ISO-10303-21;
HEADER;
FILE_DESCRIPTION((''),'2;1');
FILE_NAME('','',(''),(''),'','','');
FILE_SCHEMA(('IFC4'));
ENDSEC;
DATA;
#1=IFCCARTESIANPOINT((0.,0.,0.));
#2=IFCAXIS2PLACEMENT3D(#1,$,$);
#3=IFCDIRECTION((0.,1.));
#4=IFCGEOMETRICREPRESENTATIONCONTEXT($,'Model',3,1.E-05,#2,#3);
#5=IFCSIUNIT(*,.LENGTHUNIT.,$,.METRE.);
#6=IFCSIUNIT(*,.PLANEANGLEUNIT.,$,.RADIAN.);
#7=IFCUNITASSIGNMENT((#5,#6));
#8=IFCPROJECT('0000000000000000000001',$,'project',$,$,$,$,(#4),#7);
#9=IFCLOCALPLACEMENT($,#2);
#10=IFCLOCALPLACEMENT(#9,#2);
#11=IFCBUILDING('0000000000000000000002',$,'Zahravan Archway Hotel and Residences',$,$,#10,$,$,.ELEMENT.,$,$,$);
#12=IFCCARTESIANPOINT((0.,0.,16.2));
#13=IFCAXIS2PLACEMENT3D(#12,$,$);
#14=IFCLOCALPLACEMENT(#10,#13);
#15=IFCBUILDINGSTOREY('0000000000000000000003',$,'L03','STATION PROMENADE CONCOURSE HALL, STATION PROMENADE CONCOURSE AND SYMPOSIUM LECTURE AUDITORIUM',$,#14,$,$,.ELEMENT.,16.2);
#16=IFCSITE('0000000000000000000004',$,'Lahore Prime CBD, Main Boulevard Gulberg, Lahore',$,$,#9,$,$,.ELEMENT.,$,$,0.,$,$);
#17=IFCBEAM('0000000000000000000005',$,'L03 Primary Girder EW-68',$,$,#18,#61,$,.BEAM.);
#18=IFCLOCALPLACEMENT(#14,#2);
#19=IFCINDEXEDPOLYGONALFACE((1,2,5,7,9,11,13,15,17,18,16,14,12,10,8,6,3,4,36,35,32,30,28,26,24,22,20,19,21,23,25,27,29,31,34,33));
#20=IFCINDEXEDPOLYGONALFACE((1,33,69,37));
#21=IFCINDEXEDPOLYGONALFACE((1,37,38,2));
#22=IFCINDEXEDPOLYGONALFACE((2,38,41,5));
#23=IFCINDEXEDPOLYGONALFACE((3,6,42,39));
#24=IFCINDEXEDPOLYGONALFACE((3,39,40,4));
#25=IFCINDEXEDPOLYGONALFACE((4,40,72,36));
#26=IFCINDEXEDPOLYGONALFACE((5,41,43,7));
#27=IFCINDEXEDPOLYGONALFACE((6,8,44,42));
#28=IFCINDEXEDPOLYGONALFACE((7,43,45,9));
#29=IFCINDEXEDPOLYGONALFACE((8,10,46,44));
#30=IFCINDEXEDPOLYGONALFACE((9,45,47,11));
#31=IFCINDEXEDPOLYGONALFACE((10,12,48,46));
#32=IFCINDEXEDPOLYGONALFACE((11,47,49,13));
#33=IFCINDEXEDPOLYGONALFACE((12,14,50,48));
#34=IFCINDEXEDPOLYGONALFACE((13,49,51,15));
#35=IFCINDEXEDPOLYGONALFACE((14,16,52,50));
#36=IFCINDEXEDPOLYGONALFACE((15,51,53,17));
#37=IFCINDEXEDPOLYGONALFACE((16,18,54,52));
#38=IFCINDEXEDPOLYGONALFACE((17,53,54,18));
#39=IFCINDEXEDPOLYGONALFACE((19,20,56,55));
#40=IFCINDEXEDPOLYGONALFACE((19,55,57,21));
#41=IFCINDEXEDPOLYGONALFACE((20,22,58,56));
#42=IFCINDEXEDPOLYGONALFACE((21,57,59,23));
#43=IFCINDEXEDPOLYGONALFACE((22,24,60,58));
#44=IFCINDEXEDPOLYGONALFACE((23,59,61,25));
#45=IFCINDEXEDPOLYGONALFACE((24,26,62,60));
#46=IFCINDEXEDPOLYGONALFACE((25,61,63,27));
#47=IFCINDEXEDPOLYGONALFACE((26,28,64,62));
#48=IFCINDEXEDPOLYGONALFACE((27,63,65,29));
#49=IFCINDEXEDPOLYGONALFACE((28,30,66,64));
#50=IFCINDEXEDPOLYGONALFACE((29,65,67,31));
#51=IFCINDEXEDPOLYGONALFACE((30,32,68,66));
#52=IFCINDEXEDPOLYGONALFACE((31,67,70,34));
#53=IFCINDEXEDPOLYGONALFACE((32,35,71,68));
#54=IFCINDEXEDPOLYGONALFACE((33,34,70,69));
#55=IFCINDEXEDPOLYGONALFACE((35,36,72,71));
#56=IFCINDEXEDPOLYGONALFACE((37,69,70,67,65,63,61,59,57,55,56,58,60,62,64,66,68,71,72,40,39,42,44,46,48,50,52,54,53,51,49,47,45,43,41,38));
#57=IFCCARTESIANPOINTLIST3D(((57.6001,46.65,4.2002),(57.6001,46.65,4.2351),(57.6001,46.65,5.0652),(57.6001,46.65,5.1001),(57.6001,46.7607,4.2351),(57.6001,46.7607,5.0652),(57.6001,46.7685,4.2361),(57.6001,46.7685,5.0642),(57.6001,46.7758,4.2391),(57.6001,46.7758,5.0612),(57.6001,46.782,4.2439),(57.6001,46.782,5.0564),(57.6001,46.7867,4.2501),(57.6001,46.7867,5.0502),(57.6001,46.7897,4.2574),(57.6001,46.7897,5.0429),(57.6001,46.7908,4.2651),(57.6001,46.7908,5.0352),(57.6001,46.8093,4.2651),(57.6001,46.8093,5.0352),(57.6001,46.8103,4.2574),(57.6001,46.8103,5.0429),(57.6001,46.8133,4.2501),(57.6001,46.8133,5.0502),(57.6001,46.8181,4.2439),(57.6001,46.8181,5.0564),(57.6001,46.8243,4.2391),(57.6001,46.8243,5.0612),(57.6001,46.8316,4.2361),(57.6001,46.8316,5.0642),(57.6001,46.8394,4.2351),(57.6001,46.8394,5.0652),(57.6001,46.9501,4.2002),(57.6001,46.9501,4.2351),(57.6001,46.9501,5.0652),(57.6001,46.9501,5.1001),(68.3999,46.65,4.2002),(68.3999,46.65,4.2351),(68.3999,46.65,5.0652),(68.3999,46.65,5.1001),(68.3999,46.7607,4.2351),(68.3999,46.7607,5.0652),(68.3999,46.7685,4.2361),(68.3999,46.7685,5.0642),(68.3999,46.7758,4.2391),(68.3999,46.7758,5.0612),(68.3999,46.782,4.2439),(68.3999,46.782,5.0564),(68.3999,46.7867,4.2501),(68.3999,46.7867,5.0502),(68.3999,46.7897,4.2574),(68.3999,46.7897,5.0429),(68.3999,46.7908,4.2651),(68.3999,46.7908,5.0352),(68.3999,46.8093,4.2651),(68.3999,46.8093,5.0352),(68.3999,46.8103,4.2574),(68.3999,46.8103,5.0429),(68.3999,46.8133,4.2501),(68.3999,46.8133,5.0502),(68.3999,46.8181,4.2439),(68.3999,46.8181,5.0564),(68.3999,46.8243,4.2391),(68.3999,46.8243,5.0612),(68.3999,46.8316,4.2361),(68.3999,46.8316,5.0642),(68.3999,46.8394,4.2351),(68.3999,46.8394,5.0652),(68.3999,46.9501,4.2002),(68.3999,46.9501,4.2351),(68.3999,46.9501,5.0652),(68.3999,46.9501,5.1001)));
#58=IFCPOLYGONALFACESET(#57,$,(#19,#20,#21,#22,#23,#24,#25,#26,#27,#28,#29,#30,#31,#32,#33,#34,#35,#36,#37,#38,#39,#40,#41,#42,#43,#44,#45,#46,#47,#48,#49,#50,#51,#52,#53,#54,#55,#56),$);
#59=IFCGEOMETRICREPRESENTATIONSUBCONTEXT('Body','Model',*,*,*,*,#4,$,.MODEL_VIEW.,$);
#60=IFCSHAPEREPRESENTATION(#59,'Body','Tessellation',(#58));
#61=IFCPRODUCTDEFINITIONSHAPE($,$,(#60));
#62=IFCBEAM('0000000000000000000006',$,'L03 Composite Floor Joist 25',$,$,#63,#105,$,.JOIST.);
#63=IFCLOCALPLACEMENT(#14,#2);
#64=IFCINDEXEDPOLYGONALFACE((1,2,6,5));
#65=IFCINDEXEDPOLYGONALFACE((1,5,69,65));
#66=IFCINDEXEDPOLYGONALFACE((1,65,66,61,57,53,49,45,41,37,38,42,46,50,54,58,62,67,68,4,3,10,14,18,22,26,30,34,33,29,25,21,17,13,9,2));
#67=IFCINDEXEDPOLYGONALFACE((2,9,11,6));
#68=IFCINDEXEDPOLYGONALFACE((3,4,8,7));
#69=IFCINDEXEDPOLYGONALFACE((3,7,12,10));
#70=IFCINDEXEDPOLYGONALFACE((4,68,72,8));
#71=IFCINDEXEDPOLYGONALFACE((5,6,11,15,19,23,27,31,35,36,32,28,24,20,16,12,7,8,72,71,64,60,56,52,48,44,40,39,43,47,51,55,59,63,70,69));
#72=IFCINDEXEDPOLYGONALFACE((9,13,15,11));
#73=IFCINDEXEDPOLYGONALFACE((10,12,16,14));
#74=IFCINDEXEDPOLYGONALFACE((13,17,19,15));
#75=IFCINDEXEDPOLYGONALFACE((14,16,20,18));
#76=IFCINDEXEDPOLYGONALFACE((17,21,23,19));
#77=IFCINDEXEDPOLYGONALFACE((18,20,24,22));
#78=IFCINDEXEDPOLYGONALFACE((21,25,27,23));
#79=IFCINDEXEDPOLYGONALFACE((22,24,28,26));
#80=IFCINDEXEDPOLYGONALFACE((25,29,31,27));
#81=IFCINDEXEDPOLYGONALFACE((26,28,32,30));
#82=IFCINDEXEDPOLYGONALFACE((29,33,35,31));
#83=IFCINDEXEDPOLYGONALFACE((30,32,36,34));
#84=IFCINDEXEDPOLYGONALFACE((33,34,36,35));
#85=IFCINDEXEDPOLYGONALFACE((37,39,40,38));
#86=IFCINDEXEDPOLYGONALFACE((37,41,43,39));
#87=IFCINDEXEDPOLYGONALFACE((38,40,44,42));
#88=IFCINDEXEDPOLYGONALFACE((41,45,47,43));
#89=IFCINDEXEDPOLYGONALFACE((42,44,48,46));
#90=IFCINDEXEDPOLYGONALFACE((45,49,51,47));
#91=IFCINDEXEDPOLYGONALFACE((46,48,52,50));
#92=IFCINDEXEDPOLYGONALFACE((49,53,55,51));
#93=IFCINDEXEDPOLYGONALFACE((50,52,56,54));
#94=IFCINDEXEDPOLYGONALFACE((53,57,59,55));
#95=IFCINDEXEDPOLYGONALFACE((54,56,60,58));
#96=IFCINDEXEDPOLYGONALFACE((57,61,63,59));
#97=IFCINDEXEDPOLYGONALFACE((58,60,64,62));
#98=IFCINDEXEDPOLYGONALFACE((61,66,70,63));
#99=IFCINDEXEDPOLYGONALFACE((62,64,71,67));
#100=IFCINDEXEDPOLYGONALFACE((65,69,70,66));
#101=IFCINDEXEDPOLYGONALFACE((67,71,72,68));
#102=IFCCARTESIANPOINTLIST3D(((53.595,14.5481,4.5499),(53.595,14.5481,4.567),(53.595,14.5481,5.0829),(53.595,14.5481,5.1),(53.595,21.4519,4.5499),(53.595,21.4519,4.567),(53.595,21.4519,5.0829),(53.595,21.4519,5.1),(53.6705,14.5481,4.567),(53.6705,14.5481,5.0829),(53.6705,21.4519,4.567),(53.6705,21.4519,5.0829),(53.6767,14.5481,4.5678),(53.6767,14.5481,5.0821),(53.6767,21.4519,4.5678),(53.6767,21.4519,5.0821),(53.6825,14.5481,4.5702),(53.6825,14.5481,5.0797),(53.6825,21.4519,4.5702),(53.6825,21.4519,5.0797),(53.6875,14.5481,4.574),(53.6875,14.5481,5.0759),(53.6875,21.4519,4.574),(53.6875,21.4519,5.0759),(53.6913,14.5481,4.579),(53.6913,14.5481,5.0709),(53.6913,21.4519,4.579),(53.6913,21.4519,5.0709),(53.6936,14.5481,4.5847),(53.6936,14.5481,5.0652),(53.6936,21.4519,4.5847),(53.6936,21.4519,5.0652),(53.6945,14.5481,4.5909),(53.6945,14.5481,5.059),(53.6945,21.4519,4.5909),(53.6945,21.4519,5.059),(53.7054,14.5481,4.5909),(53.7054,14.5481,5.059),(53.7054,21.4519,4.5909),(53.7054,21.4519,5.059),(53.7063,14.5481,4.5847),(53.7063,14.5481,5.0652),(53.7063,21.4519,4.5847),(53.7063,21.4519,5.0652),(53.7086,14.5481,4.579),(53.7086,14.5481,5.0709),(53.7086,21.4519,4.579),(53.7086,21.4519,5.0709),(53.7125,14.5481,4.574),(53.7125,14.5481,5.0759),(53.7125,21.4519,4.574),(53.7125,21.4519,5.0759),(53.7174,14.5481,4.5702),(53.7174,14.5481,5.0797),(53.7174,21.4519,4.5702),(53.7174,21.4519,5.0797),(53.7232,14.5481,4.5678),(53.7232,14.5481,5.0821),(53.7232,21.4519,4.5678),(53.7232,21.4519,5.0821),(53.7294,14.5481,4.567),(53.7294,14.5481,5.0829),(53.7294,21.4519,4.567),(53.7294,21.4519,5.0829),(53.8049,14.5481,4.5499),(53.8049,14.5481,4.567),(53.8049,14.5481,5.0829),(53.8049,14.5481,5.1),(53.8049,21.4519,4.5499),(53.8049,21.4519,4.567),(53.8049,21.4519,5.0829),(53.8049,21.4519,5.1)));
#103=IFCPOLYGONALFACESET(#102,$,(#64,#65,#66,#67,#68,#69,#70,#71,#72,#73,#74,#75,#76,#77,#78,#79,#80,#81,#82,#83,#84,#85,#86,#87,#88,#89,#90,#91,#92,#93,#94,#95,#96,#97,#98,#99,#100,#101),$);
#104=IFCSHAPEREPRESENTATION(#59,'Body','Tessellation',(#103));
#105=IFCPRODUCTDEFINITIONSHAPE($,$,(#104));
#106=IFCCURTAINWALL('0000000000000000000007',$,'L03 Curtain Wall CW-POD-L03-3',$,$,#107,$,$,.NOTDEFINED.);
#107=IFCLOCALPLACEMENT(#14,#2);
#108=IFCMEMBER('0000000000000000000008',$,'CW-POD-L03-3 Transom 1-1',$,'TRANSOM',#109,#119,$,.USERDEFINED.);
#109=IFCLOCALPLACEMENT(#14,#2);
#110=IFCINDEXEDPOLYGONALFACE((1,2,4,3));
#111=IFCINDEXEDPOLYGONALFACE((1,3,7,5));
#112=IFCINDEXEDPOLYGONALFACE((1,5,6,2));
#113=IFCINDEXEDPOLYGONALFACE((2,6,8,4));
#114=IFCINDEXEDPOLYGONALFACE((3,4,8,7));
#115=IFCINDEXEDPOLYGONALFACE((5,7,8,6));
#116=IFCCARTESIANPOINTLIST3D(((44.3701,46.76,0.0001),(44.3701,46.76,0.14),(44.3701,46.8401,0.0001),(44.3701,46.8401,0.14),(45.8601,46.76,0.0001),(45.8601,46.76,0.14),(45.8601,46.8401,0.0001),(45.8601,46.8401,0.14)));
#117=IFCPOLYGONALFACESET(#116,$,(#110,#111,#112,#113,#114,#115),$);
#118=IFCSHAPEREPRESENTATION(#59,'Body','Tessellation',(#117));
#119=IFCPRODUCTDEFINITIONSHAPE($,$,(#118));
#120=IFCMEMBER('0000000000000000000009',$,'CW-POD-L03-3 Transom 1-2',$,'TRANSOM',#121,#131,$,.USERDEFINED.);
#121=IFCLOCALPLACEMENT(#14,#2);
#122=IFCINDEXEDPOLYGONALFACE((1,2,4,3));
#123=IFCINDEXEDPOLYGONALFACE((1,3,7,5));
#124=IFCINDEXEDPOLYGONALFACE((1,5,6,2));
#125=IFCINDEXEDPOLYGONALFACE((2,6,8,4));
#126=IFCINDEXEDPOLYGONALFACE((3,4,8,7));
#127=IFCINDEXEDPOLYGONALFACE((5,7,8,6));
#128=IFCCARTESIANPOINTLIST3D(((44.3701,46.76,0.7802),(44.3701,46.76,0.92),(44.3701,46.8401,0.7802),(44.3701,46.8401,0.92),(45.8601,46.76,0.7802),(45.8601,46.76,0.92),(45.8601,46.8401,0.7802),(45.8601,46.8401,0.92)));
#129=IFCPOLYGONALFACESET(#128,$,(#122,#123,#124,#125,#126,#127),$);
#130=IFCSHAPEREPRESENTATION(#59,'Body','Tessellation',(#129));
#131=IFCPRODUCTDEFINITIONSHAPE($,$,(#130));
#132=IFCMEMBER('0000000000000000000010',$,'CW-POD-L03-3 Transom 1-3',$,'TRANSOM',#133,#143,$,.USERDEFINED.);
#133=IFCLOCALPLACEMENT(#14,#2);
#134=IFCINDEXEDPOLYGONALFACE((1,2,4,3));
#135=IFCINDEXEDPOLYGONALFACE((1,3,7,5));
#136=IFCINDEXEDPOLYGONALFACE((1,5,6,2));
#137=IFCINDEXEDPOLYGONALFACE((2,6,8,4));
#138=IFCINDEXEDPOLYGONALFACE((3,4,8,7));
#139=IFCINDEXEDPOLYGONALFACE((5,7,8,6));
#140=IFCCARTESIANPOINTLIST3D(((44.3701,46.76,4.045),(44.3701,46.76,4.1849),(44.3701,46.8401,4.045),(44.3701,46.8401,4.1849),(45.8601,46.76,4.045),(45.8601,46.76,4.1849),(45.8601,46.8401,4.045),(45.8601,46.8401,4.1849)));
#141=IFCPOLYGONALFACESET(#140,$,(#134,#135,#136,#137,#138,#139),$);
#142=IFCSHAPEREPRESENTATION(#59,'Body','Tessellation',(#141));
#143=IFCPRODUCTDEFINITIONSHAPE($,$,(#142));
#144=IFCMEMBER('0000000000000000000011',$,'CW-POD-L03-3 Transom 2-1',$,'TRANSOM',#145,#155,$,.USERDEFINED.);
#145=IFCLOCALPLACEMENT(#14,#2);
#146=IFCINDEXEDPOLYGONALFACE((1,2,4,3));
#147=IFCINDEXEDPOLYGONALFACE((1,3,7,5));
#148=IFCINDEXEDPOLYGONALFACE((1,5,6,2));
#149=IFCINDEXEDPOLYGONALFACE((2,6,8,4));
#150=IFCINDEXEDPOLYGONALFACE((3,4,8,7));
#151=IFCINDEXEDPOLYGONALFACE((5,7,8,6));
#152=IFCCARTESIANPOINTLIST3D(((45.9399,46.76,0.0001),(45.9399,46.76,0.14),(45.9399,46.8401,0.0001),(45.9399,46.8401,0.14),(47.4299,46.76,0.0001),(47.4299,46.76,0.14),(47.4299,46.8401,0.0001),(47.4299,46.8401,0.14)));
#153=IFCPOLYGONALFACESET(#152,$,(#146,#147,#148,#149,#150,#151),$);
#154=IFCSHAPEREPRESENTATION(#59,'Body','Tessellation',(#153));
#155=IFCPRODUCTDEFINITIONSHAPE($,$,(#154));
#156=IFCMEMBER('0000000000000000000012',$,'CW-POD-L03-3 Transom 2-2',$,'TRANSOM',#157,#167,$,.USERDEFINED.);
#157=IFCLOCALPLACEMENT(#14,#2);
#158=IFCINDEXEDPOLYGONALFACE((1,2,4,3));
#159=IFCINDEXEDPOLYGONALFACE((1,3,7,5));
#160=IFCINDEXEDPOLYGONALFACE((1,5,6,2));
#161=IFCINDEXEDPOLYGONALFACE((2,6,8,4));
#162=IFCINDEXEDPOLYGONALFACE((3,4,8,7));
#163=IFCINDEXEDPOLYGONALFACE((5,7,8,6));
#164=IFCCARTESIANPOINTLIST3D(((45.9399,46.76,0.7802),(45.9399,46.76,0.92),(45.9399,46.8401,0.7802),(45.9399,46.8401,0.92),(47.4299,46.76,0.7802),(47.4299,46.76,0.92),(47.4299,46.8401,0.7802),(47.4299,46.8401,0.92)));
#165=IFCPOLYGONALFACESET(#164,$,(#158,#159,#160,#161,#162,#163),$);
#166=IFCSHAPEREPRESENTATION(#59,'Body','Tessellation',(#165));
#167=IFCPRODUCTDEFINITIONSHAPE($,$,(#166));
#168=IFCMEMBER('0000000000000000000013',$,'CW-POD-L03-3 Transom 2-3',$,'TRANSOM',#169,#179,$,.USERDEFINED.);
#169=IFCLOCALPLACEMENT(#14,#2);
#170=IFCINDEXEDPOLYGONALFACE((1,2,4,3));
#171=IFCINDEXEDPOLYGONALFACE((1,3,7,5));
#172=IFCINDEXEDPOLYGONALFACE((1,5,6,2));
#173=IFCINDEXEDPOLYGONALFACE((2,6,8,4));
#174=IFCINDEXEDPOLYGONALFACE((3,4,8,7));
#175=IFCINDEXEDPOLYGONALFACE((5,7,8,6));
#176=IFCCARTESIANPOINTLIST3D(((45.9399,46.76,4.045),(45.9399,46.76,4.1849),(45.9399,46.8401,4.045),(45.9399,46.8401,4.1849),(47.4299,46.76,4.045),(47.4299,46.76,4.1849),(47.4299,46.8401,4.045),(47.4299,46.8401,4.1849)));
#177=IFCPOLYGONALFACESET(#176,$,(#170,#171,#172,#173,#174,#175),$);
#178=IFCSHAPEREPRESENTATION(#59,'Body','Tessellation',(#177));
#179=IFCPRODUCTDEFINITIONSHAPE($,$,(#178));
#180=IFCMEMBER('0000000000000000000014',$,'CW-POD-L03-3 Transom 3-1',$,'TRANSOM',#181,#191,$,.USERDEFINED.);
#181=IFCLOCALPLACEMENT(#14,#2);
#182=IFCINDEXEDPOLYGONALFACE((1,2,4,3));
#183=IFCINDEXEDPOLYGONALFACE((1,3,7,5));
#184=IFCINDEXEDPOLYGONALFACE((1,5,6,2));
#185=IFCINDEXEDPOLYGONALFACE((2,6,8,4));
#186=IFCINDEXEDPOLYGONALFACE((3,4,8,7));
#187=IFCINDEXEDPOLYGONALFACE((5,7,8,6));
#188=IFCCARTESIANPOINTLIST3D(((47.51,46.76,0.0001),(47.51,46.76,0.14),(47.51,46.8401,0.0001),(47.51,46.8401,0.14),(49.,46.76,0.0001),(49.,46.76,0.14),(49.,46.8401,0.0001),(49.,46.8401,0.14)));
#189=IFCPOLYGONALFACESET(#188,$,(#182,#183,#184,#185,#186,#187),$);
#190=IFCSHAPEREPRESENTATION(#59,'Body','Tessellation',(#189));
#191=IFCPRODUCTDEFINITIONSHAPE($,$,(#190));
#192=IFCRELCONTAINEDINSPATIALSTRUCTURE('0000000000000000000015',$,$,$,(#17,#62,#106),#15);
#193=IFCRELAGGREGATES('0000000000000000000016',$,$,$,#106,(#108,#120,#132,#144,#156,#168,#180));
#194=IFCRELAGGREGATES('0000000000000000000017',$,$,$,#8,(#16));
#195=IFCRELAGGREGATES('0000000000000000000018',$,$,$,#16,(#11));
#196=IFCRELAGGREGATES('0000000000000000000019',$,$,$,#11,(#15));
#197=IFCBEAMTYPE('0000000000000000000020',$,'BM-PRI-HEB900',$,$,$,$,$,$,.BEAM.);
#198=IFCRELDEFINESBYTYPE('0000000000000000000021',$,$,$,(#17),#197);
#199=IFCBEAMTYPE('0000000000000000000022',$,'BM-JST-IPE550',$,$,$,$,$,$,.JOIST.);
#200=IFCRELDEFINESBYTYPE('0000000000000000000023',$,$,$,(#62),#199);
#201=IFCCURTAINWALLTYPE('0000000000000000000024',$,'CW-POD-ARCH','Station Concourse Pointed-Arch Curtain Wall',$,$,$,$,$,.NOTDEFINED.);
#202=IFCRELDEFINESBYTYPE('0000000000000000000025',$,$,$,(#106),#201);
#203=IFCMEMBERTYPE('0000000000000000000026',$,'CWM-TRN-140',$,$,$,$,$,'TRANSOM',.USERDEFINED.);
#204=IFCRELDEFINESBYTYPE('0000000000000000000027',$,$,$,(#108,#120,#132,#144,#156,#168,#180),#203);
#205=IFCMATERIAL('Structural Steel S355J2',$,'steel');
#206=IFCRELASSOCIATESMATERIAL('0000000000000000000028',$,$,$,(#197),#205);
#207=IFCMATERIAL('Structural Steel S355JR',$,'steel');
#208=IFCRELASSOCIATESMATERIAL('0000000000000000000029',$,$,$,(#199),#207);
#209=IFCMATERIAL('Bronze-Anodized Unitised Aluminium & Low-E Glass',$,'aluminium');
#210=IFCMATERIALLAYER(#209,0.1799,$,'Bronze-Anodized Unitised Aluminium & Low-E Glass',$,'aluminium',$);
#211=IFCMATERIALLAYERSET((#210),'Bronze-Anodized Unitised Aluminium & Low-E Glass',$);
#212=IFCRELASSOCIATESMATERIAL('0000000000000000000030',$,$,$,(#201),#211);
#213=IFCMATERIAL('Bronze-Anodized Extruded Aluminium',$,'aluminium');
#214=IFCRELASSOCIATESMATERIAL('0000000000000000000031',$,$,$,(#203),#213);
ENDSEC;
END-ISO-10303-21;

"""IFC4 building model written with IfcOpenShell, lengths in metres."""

from ifc_helpers import new_model, si_unit, direction, frame, origin, origin_2d, place, context, subcontext, project, spatial, rectangle, i_section, extrude, source, transform, mapped, material, layer, layer_set, material_profile, profile_set, type_object, element, aggregate, save


model = new_model("IFC4")

# Units and contexts
model_context = context("Model", 3, precision=1e-05, world=origin(), true_north=direction((0.0, 1.0)))
body_context = subcontext(model_context, "Body", "Model", "MODEL_VIEW")
ifc_project = project(units=[si_unit("LENGTHUNIT", "METRE"), si_unit("PLANEANGLEUNIT", "RADIAN")], contexts=[model_context])

# Site, building, storey
site_placement = place(None, origin())
site = spatial("IfcSite", under=ifc_project, at=site_placement, Name="Lahore Prime CBD, Main Boulevard Gulberg, Lahore", CompositionType="ELEMENT", RefElevation=0.0)
building_placement = place(site_placement, origin())
building = spatial("IfcBuilding", under=site, at=building_placement, Name="Zahravan Archway Hotel and Residences", CompositionType="ELEMENT")
storey_placement = place(building_placement, frame((0.0, 0.0, 16.2)))
storey = spatial("IfcBuildingStorey", under=building, at=storey_placement, Name="L03", Description="STATION PROMENADE CONCOURSE HALL, STATION PROMENADE CONCOURSE AND SYMPOSIUM LECTURE AUDITORIUM", CompositionType="ELEMENT", Elevation=16.2)

# Beams
ifc_material_1 = material(Name="Structural Steel S355J2", Category="steel")
ifc_material_profile_1 = material_profile(ifc_material_1, i_section(OverallWidth=0.3, OverallDepth=0.8999, WebThickness=0.0186, FlangeThickness=0.0349, FilletRadius=0.03, at=origin_2d()), Name="HEB 900", Category="steel")
ifc_profile_set_1 = profile_set([ifc_material_profile_1], Name="Structural Steel S355J2")
beam_type_1 = type_object("IfcBeamType", Name="BM-PRI-HEB900", PredefinedType="BEAM", material=ifc_profile_set_1)
shared_shape_1 = source(origin(), body_context, "Body", "SweptSolid", [
    extrude(i_section(OverallWidth=0.3, OverallDepth=0.8999, WebThickness=0.0186, FlangeThickness=0.0349, FilletRadius=0.03, at=origin_2d()), origin(), (0.0, 0.0, 1.0), 10.7998),
])
for number, where, z_axis, x_axis, name in (
    (1, (57.6001, 46.8, 4.6501), (1.0, 0.0, 0.0), (0.0, 1.0, 0.0), "L03 Primary Girder EW-68"),
):
    element("IfcBeam", number, at=place(storey_placement, frame(where, z_axis=z_axis, x_axis=x_axis)), inside=storey, type_object=beam_type_1, Name=name, PredefinedType="BEAM", context=body_context, shape_type="MappedRepresentation", body=[
        mapped(shared_shape_1, transform((0.0, 0.0, 0.0), scale=1.0)),
    ])
ifc_material_2 = material(Name="Structural Steel S355JR", Category="steel")
ifc_material_profile_2 = material_profile(ifc_material_2, i_section(OverallWidth=0.21, OverallDepth=0.55, WebThickness=0.011, FlangeThickness=0.0171, FilletRadius=0.0239, at=origin_2d()), Name="IPE 550", Category="steel")
ifc_profile_set_2 = profile_set([ifc_material_profile_2], Name="Structural Steel S355JR")
beam_type_2 = type_object("IfcBeamType", Name="BM-JST-IPE550", PredefinedType="JOIST", material=ifc_profile_set_2)
shared_shape_2 = source(origin(), body_context, "Body", "SweptSolid", [
    extrude(i_section(OverallWidth=0.21, OverallDepth=0.55, WebThickness=0.011, FlangeThickness=0.0171, FilletRadius=0.0239, at=origin_2d()), origin(), (0.0, 0.0, 1.0), 6.9038),
])
beam_placement = place(storey_placement, frame((53.7, 14.5481, 4.825), z_axis=(0.0, 1.0, 0.0), x_axis=(-1.0, 0.0, 0.0)))
element("IfcBeam", 2, at=beam_placement, inside=storey, type_object=beam_type_2, Name="L03 Composite Floor Joist 25", PredefinedType="JOIST", context=body_context, shape_type="MappedRepresentation", body=[
    mapped(shared_shape_2, transform((0.0, 0.0, 0.0), scale=1.0)),
])

# Curtain wall, members
ifc_material_3 = material(Name="Bronze-Anodized Unitised Aluminium & Low-E Glass", Category="aluminium")
ifc_layer_1 = layer(ifc_material_3, 0.1799, Name="Bronze-Anodized Unitised Aluminium & Low-E Glass", Category="aluminium")
ifc_layer_set_1 = layer_set([ifc_layer_1], Name="Bronze-Anodized Unitised Aluminium & Low-E Glass")
curtain_wall_type = type_object("IfcCurtainWallType", Name="CW-POD-ARCH", Description="Station Concourse Pointed-Arch Curtain Wall", PredefinedType="NOTDEFINED", material=ifc_layer_set_1)
curtain_wall_placement = place(storey_placement, origin())
curtain_wall = element("IfcCurtainWall", 3, at=curtain_wall_placement, inside=storey, type_object=curtain_wall_type, Name="L03 Curtain Wall CW-POD-L03-3", PredefinedType="NOTDEFINED")
ifc_material_4 = material(Name="Bronze-Anodized Extruded Aluminium", Category="aluminium")
ifc_material_profile_3 = material_profile(ifc_material_4, rectangle(XDim=0.0801, YDim=0.1399, at=origin_2d()), Name="TRN 80x140", Category="aluminium")
ifc_profile_set_3 = profile_set([ifc_material_profile_3], Name="Bronze-Anodized Extruded Aluminium")
member_type_1 = type_object("IfcMemberType", Name="CWM-TRN-140", ElementType="TRANSOM", PredefinedType="USERDEFINED", material=ifc_profile_set_3)
shared_shape_3 = source(origin(), body_context, "Body", "SweptSolid", [
    extrude(rectangle(XDim=0.0801, YDim=0.1399, at=origin_2d()), origin(), (0.0, 0.0, 1.0), 1.49),
])
member_1_placement = place(storey_placement, frame((44.3701, 46.8, 0.0701), z_axis=(1.0, 0.0, 0.0), x_axis=(0.0, 1.0, 0.0)))
member_1 = element("IfcMember", 4, at=member_1_placement, type_object=member_type_1, Name="CW-POD-L03-3 Transom 1-1", ObjectType="TRANSOM", PredefinedType="USERDEFINED", context=body_context, shape_type="MappedRepresentation", body=[
    mapped(shared_shape_3, transform((0.0, 0.0, 0.0), scale=1.0)),
])
member_2_placement = place(storey_placement, frame((44.3701, 46.8, 0.8501), z_axis=(1.0, 0.0, 0.0), x_axis=(0.0, 1.0, 0.0)))
member_2 = element("IfcMember", 5, at=member_2_placement, type_object=member_type_1, Name="CW-POD-L03-3 Transom 1-2", ObjectType="TRANSOM", PredefinedType="USERDEFINED", context=body_context, shape_type="MappedRepresentation", body=[
    mapped(shared_shape_3, transform((0.0, 0.0, 0.0), scale=1.0)),
])
member_3_placement = place(storey_placement, frame((44.3701, 46.8, 4.115), z_axis=(1.0, 0.0, 0.0), x_axis=(0.0, 1.0, 0.0)))
member_3 = element("IfcMember", 6, at=member_3_placement, type_object=member_type_1, Name="CW-POD-L03-3 Transom 1-3", ObjectType="TRANSOM", PredefinedType="USERDEFINED", context=body_context, shape_type="MappedRepresentation", body=[
    mapped(shared_shape_3, transform((0.0, 0.0, 0.0), scale=1.0)),
])
member_4_placement = place(storey_placement, frame((45.9399, 46.8, 0.0701), z_axis=(1.0, 0.0, 0.0), x_axis=(0.0, 1.0, 0.0)))
member_4 = element("IfcMember", 7, at=member_4_placement, type_object=member_type_1, Name="CW-POD-L03-3 Transom 2-1", ObjectType="TRANSOM", PredefinedType="USERDEFINED", context=body_context, shape_type="MappedRepresentation", body=[
    mapped(shared_shape_3, transform((0.0, 0.0, 0.0), scale=1.0)),
])
member_5_placement = place(storey_placement, frame((45.9399, 46.8, 0.8501), z_axis=(1.0, 0.0, 0.0), x_axis=(0.0, 1.0, 0.0)))
member_5 = element("IfcMember", 8, at=member_5_placement, type_object=member_type_1, Name="CW-POD-L03-3 Transom 2-2", ObjectType="TRANSOM", PredefinedType="USERDEFINED", context=body_context, shape_type="MappedRepresentation", body=[
    mapped(shared_shape_3, transform((0.0, 0.0, 0.0), scale=1.0)),
])
member_6_placement = place(storey_placement, frame((45.9399, 46.8, 4.115), z_axis=(1.0, 0.0, 0.0), x_axis=(0.0, 1.0, 0.0)))
member_6 = element("IfcMember", 9, at=member_6_placement, type_object=member_type_1, Name="CW-POD-L03-3 Transom 2-3", ObjectType="TRANSOM", PredefinedType="USERDEFINED", context=body_context, shape_type="MappedRepresentation", body=[
    mapped(shared_shape_3, transform((0.0, 0.0, 0.0), scale=1.0)),
])
member_7_placement = place(storey_placement, frame((47.51, 46.8, 0.0701), z_axis=(1.0, 0.0, 0.0), x_axis=(0.0, 1.0, 0.0)))
member_7 = element("IfcMember", 10, at=member_7_placement, type_object=member_type_1, Name="CW-POD-L03-3 Transom 3-1", ObjectType="TRANSOM", PredefinedType="USERDEFINED", context=body_context, shape_type="MappedRepresentation", body=[
    mapped(shared_shape_3, transform((0.0, 0.0, 0.0), scale=1.0)),
])
aggregate(curtain_wall, [member_1, member_2, member_3, member_4, member_5, member_6, member_7])

save(model, "model.ifc")
